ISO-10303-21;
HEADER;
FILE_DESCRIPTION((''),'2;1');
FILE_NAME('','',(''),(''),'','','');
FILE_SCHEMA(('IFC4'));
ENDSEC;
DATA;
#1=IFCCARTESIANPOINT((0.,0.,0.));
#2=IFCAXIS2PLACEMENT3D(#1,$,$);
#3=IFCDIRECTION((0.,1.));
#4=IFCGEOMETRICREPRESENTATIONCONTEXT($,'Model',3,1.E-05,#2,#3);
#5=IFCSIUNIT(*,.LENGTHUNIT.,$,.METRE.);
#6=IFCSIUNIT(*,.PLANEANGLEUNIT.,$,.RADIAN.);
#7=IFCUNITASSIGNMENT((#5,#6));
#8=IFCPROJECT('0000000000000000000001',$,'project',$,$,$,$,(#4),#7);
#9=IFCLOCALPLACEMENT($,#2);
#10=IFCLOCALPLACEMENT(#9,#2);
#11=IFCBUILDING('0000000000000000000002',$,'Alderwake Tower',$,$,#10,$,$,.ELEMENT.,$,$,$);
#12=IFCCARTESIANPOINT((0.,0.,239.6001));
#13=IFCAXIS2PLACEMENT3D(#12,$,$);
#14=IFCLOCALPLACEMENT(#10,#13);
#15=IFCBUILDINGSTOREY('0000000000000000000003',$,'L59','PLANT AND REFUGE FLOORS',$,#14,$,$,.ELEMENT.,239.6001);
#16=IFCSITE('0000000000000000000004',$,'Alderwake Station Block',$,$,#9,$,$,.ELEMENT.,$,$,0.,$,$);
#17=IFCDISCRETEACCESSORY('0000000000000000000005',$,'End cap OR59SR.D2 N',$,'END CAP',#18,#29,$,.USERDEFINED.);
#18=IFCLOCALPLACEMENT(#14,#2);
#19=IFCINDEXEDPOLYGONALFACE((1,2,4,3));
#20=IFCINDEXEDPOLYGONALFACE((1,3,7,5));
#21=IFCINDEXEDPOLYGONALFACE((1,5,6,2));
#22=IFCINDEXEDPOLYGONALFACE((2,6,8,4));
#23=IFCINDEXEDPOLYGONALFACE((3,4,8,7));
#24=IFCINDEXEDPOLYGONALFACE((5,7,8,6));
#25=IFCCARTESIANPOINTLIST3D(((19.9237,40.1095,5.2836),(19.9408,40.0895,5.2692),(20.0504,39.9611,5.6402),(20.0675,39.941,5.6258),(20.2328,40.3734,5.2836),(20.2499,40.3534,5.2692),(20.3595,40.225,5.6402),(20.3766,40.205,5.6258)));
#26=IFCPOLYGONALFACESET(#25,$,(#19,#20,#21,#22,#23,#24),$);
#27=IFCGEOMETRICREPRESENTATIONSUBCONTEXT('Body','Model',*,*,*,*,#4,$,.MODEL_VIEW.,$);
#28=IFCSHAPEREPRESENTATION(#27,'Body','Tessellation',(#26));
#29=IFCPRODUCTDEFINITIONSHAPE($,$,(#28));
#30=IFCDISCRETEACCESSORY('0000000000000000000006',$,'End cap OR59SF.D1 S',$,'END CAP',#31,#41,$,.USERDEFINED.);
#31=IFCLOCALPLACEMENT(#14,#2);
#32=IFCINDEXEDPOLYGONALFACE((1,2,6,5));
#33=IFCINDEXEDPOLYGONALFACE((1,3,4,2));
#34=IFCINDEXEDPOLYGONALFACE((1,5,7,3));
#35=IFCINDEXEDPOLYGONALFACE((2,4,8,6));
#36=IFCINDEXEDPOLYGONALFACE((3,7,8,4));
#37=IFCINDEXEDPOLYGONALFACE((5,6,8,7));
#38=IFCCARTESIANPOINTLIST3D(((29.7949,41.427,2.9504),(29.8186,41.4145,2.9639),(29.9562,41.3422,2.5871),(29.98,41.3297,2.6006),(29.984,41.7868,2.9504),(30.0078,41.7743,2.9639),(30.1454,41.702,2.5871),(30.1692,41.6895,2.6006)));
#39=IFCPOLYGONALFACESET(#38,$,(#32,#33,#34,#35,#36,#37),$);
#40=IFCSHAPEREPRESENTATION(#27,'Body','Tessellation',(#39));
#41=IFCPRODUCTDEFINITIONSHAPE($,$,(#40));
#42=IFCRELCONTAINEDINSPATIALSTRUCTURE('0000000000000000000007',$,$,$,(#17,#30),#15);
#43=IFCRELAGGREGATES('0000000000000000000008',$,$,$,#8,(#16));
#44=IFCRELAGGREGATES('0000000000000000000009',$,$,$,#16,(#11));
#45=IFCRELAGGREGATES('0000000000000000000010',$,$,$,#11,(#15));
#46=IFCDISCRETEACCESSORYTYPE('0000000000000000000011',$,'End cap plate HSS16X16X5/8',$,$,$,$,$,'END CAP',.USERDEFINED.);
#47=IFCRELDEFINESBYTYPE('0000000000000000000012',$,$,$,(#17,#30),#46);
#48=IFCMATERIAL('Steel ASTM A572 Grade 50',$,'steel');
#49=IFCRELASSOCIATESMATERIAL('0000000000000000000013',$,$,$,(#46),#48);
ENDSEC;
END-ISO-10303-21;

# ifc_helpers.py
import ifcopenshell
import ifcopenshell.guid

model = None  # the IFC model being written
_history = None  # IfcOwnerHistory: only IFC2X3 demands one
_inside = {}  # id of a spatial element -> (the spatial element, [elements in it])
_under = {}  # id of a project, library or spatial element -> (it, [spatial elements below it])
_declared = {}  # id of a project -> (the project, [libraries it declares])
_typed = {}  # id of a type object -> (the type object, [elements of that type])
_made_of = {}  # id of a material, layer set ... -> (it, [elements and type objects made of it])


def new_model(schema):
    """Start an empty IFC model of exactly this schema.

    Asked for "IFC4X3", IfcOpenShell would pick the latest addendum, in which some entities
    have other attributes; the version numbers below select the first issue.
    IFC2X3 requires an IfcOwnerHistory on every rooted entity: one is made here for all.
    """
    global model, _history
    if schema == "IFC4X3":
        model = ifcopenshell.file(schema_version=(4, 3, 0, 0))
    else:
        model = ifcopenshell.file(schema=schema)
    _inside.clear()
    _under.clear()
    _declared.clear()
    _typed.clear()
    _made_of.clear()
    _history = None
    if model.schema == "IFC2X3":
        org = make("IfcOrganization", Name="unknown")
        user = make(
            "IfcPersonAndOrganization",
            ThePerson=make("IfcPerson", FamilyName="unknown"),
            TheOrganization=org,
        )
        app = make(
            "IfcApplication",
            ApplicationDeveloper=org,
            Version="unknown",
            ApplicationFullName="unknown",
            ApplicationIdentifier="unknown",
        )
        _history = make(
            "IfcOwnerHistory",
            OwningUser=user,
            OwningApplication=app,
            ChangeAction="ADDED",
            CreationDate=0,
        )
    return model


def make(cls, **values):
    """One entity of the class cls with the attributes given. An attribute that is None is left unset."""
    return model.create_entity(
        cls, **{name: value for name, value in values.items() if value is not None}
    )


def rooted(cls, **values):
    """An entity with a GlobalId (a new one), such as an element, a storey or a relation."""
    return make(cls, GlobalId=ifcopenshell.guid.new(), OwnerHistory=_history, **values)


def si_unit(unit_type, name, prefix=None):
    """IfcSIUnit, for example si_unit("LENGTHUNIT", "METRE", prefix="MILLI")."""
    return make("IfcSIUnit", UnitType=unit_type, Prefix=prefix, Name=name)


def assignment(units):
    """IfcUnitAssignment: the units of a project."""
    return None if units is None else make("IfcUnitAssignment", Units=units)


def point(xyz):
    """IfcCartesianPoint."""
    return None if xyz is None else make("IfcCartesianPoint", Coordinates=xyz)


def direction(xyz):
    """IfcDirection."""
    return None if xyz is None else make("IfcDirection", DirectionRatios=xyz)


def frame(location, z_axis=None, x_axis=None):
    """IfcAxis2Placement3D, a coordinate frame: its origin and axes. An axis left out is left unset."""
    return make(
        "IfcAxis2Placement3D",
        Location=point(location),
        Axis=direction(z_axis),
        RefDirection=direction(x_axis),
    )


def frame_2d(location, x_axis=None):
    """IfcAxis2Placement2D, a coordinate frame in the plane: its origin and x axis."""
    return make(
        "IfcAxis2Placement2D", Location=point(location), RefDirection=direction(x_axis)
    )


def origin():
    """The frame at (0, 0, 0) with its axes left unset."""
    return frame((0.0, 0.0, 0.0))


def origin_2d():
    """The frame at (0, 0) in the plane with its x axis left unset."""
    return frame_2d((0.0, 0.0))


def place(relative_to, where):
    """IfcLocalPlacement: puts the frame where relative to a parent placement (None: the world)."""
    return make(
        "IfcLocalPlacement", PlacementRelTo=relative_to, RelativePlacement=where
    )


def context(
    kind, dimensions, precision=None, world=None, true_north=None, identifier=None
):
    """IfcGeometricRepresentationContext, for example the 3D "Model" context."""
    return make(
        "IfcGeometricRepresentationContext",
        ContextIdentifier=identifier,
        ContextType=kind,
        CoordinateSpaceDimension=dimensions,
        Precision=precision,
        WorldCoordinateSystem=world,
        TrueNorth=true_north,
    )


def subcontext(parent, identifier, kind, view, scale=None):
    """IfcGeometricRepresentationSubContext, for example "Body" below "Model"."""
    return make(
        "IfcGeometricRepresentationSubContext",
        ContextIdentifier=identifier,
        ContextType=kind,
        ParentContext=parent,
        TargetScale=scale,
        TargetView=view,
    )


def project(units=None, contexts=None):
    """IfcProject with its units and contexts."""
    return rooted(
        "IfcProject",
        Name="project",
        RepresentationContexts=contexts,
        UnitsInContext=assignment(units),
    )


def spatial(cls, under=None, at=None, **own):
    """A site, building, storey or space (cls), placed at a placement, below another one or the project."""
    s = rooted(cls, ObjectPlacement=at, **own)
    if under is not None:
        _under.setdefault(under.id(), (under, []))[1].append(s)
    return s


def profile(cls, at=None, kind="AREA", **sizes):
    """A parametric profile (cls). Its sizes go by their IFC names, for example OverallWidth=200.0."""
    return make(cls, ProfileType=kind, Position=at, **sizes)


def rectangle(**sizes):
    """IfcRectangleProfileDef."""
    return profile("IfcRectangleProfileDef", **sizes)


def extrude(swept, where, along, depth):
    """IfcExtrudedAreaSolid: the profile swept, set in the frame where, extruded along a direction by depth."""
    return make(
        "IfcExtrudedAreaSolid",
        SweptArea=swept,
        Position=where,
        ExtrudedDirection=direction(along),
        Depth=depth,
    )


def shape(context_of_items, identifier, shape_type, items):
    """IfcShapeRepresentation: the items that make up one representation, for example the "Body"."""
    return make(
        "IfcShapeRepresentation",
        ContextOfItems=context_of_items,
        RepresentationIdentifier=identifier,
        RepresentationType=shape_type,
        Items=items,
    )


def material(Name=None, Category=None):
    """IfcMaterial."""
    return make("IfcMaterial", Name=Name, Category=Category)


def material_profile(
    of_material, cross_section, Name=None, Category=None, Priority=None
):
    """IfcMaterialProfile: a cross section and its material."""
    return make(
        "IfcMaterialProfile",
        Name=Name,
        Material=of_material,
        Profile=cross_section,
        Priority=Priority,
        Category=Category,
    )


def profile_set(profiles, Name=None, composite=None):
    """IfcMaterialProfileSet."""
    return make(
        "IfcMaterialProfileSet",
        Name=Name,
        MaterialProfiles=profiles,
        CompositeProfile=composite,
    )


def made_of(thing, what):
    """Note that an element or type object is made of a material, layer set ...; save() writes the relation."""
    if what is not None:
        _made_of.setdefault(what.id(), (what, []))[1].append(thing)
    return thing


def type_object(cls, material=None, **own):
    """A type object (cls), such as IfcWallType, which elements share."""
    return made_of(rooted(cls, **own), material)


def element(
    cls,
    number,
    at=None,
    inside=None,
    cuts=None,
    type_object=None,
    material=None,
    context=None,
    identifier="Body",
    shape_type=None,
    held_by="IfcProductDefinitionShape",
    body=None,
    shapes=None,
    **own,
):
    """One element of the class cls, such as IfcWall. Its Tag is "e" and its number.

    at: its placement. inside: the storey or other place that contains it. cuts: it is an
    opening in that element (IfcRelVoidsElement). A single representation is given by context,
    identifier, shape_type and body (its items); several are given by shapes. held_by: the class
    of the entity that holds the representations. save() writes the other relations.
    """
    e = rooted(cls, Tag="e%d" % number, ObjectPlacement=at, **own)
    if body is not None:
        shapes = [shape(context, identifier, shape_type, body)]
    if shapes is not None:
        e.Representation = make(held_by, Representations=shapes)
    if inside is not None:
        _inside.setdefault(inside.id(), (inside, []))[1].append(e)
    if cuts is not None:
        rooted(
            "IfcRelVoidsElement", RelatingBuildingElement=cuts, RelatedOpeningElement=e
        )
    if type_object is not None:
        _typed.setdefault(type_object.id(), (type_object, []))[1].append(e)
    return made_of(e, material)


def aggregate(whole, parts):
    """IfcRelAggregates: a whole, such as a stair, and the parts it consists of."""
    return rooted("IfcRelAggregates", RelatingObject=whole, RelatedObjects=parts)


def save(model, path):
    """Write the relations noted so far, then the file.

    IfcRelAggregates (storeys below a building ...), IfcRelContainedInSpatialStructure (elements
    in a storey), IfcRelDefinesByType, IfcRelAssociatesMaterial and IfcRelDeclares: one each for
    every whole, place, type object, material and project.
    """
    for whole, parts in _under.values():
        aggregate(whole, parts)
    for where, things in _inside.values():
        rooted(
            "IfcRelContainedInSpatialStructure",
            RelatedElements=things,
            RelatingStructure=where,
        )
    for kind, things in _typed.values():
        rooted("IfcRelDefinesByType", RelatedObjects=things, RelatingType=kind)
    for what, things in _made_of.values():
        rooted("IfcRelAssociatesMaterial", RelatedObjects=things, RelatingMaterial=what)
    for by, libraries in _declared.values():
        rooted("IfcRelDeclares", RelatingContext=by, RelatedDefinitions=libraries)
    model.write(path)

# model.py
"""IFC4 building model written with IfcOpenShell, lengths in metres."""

from ifc_helpers import new_model, si_unit, direction, frame, origin, origin_2d, place, context, subcontext, project, spatial, rectangle, extrude, material, material_profile, profile_set, type_object, element, save


model = new_model("IFC4")

# Units and contexts
model_context = context("Model", 3, precision=1e-05, world=origin(), true_north=direction((0.0, 1.0)))
body_context = subcontext(model_context, "Body", "Model", "MODEL_VIEW")
ifc_project = project(units=[si_unit("LENGTHUNIT", "METRE"), si_unit("PLANEANGLEUNIT", "RADIAN")], contexts=[model_context])

# Site, building, storey
site_placement = place(None, origin())
site = spatial("IfcSite", under=ifc_project, at=site_placement, Name="Alderwake Station Block", CompositionType="ELEMENT", RefElevation=0.0)
building_placement = place(site_placement, origin())
building = spatial("IfcBuilding", under=site, at=building_placement, Name="Alderwake Tower", CompositionType="ELEMENT")
storey_placement = place(building_placement, frame((0.0, 0.0, 239.6001)))
storey = spatial("IfcBuildingStorey", under=building, at=storey_placement, Name="L59", Description="PLANT AND REFUGE FLOORS", CompositionType="ELEMENT", Elevation=239.6001)

# Discrete accessories
ifc_material_1 = material(Name="Steel ASTM A572 Grade 50", Category="steel")
ifc_material_profile_1 = material_profile(ifc_material_1, rectangle(XDim=0.4065, YDim=0.4065, at=origin_2d()), Name="HSS16X16X5/8 cap")
ifc_profile_set_1 = profile_set([ifc_material_profile_1], Name="Steel ASTM A572 Grade 50")
discrete_accessory_type_1 = type_object("IfcDiscreteAccessoryType", Name="End cap plate HSS16X16X5/8", ElementType="END CAP", PredefinedType="USERDEFINED", material=ifc_profile_set_1)
for number, where, z_axis, x_axis, name in (
    (1, (20.1587, 40.1472, 5.4475), (-0.569558, 0.667196, 0.480056), (-0.760565, -0.649262, 0.0), "End cap OR59SR.D2 N"),
    (2, (29.9939, 41.552, 2.7822), (-0.791079, 0.415928, -0.44855), (-0.46537, -0.885116, 0.0), "End cap OR59SF.D1 S"),
):
    element("IfcDiscreteAccessory", number, at=place(storey_placement, frame(where, z_axis=z_axis, x_axis=x_axis)), inside=storey, type_object=discrete_accessory_type_1, Name=name, ObjectType="END CAP", PredefinedType="USERDEFINED", context=body_context, shape_type="SweptSolid", body=[
        extrude(rectangle(XDim=0.4065, YDim=0.4065, at=origin_2d()), origin(), (0.0, 0.0, 1.0), 0.03),
    ])

save(model, "model.ifc")
